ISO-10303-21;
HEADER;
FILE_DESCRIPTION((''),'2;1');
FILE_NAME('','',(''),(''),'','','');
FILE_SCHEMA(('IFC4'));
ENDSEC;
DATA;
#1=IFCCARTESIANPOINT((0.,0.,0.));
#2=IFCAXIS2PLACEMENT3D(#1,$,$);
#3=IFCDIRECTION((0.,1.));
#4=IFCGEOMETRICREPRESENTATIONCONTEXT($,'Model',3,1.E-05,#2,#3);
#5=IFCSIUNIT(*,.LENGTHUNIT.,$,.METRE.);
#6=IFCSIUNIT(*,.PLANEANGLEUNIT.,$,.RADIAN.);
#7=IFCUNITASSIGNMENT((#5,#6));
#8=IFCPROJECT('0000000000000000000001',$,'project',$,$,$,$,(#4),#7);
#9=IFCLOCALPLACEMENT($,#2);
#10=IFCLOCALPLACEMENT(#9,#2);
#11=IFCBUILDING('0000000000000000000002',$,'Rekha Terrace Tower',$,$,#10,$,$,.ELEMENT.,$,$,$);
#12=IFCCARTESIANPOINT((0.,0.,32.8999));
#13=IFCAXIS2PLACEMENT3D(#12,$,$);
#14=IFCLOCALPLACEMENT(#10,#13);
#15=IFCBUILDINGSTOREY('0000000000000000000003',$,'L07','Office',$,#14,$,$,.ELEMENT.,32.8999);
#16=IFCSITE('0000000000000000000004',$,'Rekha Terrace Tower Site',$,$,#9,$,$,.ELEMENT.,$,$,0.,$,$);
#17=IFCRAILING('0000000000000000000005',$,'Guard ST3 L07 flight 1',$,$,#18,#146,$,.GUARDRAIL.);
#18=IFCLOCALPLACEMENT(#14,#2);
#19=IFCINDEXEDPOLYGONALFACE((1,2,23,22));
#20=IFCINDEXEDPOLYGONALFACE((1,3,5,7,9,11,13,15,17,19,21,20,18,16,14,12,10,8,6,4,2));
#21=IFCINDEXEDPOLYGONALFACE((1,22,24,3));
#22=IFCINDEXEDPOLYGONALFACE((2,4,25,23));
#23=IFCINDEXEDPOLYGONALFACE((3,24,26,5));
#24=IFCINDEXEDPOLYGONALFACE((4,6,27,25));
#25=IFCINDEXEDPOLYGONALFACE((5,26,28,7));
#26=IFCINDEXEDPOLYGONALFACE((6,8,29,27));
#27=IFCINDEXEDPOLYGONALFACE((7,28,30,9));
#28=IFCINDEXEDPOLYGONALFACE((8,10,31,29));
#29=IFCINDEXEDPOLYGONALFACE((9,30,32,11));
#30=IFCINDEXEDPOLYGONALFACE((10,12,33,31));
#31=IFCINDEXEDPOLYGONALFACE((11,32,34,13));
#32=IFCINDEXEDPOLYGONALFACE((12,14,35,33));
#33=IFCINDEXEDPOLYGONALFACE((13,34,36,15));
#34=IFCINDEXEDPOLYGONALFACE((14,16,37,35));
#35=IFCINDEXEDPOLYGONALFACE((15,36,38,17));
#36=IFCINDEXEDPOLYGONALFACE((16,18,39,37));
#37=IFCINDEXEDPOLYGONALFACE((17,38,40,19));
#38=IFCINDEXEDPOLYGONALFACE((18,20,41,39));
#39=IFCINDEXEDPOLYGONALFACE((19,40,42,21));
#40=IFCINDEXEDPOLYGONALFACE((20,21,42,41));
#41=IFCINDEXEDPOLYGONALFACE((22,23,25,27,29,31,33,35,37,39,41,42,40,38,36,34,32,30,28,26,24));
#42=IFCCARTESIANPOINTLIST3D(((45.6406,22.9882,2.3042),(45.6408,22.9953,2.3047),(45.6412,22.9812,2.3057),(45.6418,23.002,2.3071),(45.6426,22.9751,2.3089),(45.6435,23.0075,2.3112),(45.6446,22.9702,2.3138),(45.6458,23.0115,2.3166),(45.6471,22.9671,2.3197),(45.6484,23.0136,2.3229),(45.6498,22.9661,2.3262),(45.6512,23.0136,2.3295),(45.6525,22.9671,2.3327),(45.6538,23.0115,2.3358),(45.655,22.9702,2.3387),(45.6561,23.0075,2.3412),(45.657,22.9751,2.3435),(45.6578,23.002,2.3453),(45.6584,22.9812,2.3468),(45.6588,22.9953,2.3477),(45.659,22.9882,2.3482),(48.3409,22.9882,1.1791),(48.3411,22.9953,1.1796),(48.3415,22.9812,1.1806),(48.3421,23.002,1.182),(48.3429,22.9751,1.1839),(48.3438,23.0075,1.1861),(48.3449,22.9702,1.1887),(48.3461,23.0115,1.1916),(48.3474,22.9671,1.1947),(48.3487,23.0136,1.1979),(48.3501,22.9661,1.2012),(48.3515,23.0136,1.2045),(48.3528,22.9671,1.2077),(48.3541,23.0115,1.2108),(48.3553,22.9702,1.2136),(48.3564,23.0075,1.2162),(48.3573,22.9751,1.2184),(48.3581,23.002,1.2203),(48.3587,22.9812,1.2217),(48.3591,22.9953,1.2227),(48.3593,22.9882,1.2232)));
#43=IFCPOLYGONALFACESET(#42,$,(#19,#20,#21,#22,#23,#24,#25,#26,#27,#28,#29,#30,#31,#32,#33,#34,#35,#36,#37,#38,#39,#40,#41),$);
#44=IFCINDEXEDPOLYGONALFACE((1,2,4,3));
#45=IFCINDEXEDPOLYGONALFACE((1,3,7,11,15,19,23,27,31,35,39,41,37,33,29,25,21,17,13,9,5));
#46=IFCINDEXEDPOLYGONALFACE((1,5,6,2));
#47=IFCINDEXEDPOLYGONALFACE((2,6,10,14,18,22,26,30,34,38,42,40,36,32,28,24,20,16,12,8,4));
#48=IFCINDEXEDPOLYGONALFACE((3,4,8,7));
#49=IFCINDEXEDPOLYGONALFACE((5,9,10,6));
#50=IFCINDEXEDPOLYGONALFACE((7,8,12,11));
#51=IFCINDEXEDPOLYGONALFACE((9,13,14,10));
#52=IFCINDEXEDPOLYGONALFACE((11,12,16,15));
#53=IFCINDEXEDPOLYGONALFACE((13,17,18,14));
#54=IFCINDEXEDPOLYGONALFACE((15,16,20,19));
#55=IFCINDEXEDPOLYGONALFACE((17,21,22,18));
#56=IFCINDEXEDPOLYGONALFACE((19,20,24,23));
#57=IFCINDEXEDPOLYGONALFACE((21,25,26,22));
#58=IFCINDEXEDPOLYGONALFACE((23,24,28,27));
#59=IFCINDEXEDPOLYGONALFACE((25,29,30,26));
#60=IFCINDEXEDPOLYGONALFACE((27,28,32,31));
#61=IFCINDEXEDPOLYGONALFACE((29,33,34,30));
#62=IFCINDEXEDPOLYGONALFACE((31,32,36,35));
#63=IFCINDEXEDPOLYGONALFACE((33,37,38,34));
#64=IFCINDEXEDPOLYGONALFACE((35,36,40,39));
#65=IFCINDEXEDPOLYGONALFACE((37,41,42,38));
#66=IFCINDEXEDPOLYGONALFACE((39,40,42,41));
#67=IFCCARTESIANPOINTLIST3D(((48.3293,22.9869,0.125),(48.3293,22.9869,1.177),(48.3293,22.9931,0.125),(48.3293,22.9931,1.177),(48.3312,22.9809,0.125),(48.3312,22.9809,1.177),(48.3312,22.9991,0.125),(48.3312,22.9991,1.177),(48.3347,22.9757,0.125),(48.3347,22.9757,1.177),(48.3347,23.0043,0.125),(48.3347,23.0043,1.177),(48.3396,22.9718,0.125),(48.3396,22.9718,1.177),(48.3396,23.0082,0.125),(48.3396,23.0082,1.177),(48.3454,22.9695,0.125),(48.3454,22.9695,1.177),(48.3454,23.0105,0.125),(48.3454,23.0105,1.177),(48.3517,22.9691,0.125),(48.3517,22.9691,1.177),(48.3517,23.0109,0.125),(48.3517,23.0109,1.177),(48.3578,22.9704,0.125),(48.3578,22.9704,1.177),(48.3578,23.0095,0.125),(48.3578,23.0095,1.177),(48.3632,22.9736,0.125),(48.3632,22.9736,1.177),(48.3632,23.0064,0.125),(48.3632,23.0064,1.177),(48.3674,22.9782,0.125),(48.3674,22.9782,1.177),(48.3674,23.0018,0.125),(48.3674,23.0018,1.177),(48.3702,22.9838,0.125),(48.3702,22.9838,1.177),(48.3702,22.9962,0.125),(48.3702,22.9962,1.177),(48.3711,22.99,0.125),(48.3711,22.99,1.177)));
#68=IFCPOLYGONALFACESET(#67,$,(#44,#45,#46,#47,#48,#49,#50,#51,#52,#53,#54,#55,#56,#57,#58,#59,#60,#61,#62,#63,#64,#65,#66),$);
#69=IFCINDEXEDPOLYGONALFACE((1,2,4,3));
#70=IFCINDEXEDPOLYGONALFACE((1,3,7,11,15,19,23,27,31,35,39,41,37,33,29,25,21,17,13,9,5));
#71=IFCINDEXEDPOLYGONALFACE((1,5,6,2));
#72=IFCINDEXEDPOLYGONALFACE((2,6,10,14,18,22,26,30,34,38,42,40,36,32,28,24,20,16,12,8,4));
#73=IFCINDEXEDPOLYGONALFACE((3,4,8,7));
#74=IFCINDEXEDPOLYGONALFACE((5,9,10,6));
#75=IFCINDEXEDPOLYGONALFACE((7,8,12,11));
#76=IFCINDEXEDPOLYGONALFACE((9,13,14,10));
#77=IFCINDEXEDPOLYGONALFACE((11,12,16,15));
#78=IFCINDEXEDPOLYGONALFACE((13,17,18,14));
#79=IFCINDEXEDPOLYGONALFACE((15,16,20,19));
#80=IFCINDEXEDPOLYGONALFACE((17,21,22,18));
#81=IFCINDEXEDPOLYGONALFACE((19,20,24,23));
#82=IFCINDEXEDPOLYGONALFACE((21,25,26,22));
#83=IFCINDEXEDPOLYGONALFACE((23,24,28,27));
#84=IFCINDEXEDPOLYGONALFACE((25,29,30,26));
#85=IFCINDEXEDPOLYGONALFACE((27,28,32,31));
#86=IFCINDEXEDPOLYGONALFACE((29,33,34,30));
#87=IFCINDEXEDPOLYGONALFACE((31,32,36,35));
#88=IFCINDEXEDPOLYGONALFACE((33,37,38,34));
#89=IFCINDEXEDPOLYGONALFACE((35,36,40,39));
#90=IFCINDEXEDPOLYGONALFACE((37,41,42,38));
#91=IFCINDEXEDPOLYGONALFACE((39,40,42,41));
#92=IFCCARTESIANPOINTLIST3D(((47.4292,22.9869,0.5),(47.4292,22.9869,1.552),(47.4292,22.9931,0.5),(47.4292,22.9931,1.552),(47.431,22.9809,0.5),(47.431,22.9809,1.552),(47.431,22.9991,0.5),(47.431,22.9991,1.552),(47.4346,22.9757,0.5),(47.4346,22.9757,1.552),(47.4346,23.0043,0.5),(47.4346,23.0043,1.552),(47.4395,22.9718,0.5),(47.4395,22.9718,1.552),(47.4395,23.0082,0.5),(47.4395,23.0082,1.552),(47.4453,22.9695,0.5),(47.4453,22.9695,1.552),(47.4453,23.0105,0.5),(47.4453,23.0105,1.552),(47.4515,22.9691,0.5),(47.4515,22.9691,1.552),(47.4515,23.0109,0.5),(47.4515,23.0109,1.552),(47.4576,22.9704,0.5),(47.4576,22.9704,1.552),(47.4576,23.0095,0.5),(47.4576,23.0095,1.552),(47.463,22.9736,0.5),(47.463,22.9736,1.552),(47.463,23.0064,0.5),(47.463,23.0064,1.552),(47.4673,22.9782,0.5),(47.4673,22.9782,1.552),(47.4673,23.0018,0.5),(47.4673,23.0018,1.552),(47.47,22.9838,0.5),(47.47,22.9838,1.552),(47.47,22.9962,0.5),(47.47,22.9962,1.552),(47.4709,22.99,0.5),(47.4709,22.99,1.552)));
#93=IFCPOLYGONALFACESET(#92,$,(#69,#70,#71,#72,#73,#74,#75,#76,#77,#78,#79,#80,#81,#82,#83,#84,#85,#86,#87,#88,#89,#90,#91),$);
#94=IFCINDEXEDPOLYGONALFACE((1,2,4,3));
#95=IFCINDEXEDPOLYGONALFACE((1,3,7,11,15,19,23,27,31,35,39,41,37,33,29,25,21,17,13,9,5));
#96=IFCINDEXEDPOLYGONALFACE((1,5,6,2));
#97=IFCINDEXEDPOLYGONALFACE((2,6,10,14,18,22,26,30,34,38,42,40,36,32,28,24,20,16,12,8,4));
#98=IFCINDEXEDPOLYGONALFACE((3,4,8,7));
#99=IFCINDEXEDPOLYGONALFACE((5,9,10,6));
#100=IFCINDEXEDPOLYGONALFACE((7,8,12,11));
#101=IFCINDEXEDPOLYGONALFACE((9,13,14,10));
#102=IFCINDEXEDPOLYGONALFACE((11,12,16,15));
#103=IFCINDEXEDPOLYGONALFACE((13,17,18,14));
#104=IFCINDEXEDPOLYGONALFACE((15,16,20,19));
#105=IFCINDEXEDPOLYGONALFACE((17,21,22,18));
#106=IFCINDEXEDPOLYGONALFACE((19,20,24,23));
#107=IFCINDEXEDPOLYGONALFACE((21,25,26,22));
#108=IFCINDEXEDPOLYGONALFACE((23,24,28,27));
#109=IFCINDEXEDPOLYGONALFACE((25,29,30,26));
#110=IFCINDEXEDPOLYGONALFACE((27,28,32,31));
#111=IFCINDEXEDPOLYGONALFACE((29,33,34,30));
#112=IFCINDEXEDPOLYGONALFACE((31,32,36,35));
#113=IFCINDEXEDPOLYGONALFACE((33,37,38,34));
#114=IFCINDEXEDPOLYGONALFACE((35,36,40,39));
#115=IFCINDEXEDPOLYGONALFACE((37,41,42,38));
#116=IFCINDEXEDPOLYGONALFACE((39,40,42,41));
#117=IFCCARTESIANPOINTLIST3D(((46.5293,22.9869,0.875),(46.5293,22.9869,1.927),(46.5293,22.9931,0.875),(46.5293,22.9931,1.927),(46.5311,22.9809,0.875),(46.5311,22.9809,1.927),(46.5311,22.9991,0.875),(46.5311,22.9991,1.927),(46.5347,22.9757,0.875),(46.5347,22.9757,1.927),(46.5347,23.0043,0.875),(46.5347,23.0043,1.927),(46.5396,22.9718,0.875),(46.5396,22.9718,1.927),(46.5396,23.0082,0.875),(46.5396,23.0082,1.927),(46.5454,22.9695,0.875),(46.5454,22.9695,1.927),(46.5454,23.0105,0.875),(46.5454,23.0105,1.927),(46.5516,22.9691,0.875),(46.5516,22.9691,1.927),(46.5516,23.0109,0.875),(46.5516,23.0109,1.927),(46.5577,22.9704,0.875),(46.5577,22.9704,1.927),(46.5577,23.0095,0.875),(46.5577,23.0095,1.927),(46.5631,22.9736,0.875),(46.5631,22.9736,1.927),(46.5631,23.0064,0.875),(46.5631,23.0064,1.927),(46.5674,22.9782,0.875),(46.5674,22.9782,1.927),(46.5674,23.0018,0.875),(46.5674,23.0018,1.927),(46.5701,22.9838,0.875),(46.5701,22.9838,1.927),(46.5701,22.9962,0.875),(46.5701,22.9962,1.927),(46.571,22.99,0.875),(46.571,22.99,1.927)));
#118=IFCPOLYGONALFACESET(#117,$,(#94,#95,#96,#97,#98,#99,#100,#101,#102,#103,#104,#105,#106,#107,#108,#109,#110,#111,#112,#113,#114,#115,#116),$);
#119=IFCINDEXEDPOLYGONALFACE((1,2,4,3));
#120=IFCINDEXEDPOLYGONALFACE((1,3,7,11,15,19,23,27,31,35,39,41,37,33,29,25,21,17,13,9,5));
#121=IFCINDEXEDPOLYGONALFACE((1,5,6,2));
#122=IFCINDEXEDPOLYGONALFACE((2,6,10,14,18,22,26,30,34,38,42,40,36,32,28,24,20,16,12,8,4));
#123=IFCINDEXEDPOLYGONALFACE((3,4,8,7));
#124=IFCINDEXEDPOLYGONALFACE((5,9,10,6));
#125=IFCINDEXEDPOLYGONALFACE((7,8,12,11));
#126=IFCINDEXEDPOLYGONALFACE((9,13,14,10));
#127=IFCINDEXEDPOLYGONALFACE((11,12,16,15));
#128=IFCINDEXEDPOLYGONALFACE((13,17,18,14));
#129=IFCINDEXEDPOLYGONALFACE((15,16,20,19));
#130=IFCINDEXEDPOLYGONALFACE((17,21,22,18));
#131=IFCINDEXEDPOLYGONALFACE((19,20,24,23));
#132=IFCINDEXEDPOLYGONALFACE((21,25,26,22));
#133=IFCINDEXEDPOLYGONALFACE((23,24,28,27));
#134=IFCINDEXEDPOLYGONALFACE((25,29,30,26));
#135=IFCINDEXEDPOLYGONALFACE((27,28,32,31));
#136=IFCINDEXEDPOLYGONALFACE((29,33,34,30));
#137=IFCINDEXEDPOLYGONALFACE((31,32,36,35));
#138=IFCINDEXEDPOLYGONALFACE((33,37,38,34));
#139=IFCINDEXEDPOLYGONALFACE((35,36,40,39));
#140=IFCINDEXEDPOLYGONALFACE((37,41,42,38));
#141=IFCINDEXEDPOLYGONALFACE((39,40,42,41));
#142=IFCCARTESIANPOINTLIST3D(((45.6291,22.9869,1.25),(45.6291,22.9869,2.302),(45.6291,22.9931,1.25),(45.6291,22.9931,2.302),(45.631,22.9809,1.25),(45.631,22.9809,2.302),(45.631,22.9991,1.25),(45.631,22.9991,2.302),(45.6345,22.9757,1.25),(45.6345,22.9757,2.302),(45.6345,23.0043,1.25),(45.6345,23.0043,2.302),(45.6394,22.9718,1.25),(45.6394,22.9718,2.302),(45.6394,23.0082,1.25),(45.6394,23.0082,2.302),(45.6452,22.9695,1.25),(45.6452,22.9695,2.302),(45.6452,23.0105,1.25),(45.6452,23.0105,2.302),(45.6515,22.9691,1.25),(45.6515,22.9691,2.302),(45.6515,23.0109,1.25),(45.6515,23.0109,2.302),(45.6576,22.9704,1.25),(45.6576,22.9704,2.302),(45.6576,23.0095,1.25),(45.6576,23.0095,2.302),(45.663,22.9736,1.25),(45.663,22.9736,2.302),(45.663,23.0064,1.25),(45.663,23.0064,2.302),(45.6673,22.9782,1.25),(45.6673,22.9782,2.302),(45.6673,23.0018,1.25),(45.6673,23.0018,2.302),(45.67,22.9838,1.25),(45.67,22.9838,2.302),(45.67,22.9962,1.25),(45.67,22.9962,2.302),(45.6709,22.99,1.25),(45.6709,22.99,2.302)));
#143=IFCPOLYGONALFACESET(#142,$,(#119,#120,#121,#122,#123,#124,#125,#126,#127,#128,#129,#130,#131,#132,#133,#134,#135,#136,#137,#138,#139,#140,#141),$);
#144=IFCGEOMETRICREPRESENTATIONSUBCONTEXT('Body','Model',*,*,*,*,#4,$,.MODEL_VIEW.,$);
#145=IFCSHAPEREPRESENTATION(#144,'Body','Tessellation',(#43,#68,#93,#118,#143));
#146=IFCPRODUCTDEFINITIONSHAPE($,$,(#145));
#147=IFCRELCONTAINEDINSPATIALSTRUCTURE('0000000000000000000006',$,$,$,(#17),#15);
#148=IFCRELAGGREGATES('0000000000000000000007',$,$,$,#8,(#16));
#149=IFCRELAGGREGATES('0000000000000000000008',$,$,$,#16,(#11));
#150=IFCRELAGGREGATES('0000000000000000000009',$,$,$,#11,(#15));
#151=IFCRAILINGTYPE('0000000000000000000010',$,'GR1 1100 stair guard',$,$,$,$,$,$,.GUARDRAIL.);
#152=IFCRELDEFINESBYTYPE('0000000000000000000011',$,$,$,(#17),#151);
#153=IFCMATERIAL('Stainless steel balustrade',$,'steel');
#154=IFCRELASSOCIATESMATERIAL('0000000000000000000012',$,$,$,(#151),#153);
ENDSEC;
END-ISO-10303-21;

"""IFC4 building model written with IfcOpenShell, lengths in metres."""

from ifc_helpers import new_model, si_unit, direction, frame, origin, origin_2d, place, context, subcontext, project, spatial, circle, extrude, material, type_object, element, save


model = new_model("IFC4")

# Units and contexts
model_context = context("Model", 3, precision=1e-05, world=origin(), true_north=direction((0.0, 1.0)))
body_context = subcontext(model_context, "Body", "Model", "MODEL_VIEW")
ifc_project = project(units=[si_unit("LENGTHUNIT", "METRE"), si_unit("PLANEANGLEUNIT", "RADIAN")], contexts=[model_context])

# Site, building, storey
site_placement = place(None, origin())
site = spatial("IfcSite", under=ifc_project, at=site_placement, Name="Rekha Terrace Tower Site", CompositionType="ELEMENT", RefElevation=0.0)
building_placement = place(site_placement, origin())
building = spatial("IfcBuilding", under=site, at=building_placement, Name="Rekha Terrace Tower", CompositionType="ELEMENT")
storey_placement = place(building_placement, frame((0.0, 0.0, 32.8999)))
storey = spatial("IfcBuildingStorey", under=building, at=storey_placement, Name="L07", Description="Office", CompositionType="ELEMENT", Elevation=32.8999)

# Railing
ifc_material_1 = material(Name="Stainless steel balustrade", Category="steel")
railing_type_1 = type_object("IfcRailingType", Name="GR1 1100 stair guard", PredefinedType="GUARDRAIL", material=ifc_material_1)
railing_1_placement = place(storey_placement, frame((48.3501, 22.99, 0.125)))
element("IfcRailing", 1, at=railing_1_placement, inside=storey, type_object=railing_type_1, Name="Guard ST3 L07 flight 1", PredefinedType="GUARDRAIL", context=body_context, shape_type="SweptSolid", body=[
    extrude(circle(Radius=0.0239, at=origin_2d()), frame((0.0, 0.0, 1.0762), z_axis=(-0.923087, 0.0, 0.384592), x_axis=(0.0, -1.0, 0.0)), (0.0, 0.0, 1.0), 2.9253),
    extrude(circle(Radius=0.021, at=origin_2d()), origin(), (0.0, 0.0, 1.0), 1.052),
    extrude(circle(Radius=0.021, at=origin_2d()), frame((-0.9001, 0.0, 0.375)), (0.0, 0.0, 1.0), 1.052),
    extrude(circle(Radius=0.021, at=origin_2d()), frame((-1.8, 0.0, 0.75)), (0.0, 0.0, 1.0), 1.052),
    extrude(circle(Radius=0.021, at=origin_2d()), frame((-2.7002, 0.0, 1.125)), (0.0, 0.0, 1.0), 1.052),
])

save(model, "model.ifc")
